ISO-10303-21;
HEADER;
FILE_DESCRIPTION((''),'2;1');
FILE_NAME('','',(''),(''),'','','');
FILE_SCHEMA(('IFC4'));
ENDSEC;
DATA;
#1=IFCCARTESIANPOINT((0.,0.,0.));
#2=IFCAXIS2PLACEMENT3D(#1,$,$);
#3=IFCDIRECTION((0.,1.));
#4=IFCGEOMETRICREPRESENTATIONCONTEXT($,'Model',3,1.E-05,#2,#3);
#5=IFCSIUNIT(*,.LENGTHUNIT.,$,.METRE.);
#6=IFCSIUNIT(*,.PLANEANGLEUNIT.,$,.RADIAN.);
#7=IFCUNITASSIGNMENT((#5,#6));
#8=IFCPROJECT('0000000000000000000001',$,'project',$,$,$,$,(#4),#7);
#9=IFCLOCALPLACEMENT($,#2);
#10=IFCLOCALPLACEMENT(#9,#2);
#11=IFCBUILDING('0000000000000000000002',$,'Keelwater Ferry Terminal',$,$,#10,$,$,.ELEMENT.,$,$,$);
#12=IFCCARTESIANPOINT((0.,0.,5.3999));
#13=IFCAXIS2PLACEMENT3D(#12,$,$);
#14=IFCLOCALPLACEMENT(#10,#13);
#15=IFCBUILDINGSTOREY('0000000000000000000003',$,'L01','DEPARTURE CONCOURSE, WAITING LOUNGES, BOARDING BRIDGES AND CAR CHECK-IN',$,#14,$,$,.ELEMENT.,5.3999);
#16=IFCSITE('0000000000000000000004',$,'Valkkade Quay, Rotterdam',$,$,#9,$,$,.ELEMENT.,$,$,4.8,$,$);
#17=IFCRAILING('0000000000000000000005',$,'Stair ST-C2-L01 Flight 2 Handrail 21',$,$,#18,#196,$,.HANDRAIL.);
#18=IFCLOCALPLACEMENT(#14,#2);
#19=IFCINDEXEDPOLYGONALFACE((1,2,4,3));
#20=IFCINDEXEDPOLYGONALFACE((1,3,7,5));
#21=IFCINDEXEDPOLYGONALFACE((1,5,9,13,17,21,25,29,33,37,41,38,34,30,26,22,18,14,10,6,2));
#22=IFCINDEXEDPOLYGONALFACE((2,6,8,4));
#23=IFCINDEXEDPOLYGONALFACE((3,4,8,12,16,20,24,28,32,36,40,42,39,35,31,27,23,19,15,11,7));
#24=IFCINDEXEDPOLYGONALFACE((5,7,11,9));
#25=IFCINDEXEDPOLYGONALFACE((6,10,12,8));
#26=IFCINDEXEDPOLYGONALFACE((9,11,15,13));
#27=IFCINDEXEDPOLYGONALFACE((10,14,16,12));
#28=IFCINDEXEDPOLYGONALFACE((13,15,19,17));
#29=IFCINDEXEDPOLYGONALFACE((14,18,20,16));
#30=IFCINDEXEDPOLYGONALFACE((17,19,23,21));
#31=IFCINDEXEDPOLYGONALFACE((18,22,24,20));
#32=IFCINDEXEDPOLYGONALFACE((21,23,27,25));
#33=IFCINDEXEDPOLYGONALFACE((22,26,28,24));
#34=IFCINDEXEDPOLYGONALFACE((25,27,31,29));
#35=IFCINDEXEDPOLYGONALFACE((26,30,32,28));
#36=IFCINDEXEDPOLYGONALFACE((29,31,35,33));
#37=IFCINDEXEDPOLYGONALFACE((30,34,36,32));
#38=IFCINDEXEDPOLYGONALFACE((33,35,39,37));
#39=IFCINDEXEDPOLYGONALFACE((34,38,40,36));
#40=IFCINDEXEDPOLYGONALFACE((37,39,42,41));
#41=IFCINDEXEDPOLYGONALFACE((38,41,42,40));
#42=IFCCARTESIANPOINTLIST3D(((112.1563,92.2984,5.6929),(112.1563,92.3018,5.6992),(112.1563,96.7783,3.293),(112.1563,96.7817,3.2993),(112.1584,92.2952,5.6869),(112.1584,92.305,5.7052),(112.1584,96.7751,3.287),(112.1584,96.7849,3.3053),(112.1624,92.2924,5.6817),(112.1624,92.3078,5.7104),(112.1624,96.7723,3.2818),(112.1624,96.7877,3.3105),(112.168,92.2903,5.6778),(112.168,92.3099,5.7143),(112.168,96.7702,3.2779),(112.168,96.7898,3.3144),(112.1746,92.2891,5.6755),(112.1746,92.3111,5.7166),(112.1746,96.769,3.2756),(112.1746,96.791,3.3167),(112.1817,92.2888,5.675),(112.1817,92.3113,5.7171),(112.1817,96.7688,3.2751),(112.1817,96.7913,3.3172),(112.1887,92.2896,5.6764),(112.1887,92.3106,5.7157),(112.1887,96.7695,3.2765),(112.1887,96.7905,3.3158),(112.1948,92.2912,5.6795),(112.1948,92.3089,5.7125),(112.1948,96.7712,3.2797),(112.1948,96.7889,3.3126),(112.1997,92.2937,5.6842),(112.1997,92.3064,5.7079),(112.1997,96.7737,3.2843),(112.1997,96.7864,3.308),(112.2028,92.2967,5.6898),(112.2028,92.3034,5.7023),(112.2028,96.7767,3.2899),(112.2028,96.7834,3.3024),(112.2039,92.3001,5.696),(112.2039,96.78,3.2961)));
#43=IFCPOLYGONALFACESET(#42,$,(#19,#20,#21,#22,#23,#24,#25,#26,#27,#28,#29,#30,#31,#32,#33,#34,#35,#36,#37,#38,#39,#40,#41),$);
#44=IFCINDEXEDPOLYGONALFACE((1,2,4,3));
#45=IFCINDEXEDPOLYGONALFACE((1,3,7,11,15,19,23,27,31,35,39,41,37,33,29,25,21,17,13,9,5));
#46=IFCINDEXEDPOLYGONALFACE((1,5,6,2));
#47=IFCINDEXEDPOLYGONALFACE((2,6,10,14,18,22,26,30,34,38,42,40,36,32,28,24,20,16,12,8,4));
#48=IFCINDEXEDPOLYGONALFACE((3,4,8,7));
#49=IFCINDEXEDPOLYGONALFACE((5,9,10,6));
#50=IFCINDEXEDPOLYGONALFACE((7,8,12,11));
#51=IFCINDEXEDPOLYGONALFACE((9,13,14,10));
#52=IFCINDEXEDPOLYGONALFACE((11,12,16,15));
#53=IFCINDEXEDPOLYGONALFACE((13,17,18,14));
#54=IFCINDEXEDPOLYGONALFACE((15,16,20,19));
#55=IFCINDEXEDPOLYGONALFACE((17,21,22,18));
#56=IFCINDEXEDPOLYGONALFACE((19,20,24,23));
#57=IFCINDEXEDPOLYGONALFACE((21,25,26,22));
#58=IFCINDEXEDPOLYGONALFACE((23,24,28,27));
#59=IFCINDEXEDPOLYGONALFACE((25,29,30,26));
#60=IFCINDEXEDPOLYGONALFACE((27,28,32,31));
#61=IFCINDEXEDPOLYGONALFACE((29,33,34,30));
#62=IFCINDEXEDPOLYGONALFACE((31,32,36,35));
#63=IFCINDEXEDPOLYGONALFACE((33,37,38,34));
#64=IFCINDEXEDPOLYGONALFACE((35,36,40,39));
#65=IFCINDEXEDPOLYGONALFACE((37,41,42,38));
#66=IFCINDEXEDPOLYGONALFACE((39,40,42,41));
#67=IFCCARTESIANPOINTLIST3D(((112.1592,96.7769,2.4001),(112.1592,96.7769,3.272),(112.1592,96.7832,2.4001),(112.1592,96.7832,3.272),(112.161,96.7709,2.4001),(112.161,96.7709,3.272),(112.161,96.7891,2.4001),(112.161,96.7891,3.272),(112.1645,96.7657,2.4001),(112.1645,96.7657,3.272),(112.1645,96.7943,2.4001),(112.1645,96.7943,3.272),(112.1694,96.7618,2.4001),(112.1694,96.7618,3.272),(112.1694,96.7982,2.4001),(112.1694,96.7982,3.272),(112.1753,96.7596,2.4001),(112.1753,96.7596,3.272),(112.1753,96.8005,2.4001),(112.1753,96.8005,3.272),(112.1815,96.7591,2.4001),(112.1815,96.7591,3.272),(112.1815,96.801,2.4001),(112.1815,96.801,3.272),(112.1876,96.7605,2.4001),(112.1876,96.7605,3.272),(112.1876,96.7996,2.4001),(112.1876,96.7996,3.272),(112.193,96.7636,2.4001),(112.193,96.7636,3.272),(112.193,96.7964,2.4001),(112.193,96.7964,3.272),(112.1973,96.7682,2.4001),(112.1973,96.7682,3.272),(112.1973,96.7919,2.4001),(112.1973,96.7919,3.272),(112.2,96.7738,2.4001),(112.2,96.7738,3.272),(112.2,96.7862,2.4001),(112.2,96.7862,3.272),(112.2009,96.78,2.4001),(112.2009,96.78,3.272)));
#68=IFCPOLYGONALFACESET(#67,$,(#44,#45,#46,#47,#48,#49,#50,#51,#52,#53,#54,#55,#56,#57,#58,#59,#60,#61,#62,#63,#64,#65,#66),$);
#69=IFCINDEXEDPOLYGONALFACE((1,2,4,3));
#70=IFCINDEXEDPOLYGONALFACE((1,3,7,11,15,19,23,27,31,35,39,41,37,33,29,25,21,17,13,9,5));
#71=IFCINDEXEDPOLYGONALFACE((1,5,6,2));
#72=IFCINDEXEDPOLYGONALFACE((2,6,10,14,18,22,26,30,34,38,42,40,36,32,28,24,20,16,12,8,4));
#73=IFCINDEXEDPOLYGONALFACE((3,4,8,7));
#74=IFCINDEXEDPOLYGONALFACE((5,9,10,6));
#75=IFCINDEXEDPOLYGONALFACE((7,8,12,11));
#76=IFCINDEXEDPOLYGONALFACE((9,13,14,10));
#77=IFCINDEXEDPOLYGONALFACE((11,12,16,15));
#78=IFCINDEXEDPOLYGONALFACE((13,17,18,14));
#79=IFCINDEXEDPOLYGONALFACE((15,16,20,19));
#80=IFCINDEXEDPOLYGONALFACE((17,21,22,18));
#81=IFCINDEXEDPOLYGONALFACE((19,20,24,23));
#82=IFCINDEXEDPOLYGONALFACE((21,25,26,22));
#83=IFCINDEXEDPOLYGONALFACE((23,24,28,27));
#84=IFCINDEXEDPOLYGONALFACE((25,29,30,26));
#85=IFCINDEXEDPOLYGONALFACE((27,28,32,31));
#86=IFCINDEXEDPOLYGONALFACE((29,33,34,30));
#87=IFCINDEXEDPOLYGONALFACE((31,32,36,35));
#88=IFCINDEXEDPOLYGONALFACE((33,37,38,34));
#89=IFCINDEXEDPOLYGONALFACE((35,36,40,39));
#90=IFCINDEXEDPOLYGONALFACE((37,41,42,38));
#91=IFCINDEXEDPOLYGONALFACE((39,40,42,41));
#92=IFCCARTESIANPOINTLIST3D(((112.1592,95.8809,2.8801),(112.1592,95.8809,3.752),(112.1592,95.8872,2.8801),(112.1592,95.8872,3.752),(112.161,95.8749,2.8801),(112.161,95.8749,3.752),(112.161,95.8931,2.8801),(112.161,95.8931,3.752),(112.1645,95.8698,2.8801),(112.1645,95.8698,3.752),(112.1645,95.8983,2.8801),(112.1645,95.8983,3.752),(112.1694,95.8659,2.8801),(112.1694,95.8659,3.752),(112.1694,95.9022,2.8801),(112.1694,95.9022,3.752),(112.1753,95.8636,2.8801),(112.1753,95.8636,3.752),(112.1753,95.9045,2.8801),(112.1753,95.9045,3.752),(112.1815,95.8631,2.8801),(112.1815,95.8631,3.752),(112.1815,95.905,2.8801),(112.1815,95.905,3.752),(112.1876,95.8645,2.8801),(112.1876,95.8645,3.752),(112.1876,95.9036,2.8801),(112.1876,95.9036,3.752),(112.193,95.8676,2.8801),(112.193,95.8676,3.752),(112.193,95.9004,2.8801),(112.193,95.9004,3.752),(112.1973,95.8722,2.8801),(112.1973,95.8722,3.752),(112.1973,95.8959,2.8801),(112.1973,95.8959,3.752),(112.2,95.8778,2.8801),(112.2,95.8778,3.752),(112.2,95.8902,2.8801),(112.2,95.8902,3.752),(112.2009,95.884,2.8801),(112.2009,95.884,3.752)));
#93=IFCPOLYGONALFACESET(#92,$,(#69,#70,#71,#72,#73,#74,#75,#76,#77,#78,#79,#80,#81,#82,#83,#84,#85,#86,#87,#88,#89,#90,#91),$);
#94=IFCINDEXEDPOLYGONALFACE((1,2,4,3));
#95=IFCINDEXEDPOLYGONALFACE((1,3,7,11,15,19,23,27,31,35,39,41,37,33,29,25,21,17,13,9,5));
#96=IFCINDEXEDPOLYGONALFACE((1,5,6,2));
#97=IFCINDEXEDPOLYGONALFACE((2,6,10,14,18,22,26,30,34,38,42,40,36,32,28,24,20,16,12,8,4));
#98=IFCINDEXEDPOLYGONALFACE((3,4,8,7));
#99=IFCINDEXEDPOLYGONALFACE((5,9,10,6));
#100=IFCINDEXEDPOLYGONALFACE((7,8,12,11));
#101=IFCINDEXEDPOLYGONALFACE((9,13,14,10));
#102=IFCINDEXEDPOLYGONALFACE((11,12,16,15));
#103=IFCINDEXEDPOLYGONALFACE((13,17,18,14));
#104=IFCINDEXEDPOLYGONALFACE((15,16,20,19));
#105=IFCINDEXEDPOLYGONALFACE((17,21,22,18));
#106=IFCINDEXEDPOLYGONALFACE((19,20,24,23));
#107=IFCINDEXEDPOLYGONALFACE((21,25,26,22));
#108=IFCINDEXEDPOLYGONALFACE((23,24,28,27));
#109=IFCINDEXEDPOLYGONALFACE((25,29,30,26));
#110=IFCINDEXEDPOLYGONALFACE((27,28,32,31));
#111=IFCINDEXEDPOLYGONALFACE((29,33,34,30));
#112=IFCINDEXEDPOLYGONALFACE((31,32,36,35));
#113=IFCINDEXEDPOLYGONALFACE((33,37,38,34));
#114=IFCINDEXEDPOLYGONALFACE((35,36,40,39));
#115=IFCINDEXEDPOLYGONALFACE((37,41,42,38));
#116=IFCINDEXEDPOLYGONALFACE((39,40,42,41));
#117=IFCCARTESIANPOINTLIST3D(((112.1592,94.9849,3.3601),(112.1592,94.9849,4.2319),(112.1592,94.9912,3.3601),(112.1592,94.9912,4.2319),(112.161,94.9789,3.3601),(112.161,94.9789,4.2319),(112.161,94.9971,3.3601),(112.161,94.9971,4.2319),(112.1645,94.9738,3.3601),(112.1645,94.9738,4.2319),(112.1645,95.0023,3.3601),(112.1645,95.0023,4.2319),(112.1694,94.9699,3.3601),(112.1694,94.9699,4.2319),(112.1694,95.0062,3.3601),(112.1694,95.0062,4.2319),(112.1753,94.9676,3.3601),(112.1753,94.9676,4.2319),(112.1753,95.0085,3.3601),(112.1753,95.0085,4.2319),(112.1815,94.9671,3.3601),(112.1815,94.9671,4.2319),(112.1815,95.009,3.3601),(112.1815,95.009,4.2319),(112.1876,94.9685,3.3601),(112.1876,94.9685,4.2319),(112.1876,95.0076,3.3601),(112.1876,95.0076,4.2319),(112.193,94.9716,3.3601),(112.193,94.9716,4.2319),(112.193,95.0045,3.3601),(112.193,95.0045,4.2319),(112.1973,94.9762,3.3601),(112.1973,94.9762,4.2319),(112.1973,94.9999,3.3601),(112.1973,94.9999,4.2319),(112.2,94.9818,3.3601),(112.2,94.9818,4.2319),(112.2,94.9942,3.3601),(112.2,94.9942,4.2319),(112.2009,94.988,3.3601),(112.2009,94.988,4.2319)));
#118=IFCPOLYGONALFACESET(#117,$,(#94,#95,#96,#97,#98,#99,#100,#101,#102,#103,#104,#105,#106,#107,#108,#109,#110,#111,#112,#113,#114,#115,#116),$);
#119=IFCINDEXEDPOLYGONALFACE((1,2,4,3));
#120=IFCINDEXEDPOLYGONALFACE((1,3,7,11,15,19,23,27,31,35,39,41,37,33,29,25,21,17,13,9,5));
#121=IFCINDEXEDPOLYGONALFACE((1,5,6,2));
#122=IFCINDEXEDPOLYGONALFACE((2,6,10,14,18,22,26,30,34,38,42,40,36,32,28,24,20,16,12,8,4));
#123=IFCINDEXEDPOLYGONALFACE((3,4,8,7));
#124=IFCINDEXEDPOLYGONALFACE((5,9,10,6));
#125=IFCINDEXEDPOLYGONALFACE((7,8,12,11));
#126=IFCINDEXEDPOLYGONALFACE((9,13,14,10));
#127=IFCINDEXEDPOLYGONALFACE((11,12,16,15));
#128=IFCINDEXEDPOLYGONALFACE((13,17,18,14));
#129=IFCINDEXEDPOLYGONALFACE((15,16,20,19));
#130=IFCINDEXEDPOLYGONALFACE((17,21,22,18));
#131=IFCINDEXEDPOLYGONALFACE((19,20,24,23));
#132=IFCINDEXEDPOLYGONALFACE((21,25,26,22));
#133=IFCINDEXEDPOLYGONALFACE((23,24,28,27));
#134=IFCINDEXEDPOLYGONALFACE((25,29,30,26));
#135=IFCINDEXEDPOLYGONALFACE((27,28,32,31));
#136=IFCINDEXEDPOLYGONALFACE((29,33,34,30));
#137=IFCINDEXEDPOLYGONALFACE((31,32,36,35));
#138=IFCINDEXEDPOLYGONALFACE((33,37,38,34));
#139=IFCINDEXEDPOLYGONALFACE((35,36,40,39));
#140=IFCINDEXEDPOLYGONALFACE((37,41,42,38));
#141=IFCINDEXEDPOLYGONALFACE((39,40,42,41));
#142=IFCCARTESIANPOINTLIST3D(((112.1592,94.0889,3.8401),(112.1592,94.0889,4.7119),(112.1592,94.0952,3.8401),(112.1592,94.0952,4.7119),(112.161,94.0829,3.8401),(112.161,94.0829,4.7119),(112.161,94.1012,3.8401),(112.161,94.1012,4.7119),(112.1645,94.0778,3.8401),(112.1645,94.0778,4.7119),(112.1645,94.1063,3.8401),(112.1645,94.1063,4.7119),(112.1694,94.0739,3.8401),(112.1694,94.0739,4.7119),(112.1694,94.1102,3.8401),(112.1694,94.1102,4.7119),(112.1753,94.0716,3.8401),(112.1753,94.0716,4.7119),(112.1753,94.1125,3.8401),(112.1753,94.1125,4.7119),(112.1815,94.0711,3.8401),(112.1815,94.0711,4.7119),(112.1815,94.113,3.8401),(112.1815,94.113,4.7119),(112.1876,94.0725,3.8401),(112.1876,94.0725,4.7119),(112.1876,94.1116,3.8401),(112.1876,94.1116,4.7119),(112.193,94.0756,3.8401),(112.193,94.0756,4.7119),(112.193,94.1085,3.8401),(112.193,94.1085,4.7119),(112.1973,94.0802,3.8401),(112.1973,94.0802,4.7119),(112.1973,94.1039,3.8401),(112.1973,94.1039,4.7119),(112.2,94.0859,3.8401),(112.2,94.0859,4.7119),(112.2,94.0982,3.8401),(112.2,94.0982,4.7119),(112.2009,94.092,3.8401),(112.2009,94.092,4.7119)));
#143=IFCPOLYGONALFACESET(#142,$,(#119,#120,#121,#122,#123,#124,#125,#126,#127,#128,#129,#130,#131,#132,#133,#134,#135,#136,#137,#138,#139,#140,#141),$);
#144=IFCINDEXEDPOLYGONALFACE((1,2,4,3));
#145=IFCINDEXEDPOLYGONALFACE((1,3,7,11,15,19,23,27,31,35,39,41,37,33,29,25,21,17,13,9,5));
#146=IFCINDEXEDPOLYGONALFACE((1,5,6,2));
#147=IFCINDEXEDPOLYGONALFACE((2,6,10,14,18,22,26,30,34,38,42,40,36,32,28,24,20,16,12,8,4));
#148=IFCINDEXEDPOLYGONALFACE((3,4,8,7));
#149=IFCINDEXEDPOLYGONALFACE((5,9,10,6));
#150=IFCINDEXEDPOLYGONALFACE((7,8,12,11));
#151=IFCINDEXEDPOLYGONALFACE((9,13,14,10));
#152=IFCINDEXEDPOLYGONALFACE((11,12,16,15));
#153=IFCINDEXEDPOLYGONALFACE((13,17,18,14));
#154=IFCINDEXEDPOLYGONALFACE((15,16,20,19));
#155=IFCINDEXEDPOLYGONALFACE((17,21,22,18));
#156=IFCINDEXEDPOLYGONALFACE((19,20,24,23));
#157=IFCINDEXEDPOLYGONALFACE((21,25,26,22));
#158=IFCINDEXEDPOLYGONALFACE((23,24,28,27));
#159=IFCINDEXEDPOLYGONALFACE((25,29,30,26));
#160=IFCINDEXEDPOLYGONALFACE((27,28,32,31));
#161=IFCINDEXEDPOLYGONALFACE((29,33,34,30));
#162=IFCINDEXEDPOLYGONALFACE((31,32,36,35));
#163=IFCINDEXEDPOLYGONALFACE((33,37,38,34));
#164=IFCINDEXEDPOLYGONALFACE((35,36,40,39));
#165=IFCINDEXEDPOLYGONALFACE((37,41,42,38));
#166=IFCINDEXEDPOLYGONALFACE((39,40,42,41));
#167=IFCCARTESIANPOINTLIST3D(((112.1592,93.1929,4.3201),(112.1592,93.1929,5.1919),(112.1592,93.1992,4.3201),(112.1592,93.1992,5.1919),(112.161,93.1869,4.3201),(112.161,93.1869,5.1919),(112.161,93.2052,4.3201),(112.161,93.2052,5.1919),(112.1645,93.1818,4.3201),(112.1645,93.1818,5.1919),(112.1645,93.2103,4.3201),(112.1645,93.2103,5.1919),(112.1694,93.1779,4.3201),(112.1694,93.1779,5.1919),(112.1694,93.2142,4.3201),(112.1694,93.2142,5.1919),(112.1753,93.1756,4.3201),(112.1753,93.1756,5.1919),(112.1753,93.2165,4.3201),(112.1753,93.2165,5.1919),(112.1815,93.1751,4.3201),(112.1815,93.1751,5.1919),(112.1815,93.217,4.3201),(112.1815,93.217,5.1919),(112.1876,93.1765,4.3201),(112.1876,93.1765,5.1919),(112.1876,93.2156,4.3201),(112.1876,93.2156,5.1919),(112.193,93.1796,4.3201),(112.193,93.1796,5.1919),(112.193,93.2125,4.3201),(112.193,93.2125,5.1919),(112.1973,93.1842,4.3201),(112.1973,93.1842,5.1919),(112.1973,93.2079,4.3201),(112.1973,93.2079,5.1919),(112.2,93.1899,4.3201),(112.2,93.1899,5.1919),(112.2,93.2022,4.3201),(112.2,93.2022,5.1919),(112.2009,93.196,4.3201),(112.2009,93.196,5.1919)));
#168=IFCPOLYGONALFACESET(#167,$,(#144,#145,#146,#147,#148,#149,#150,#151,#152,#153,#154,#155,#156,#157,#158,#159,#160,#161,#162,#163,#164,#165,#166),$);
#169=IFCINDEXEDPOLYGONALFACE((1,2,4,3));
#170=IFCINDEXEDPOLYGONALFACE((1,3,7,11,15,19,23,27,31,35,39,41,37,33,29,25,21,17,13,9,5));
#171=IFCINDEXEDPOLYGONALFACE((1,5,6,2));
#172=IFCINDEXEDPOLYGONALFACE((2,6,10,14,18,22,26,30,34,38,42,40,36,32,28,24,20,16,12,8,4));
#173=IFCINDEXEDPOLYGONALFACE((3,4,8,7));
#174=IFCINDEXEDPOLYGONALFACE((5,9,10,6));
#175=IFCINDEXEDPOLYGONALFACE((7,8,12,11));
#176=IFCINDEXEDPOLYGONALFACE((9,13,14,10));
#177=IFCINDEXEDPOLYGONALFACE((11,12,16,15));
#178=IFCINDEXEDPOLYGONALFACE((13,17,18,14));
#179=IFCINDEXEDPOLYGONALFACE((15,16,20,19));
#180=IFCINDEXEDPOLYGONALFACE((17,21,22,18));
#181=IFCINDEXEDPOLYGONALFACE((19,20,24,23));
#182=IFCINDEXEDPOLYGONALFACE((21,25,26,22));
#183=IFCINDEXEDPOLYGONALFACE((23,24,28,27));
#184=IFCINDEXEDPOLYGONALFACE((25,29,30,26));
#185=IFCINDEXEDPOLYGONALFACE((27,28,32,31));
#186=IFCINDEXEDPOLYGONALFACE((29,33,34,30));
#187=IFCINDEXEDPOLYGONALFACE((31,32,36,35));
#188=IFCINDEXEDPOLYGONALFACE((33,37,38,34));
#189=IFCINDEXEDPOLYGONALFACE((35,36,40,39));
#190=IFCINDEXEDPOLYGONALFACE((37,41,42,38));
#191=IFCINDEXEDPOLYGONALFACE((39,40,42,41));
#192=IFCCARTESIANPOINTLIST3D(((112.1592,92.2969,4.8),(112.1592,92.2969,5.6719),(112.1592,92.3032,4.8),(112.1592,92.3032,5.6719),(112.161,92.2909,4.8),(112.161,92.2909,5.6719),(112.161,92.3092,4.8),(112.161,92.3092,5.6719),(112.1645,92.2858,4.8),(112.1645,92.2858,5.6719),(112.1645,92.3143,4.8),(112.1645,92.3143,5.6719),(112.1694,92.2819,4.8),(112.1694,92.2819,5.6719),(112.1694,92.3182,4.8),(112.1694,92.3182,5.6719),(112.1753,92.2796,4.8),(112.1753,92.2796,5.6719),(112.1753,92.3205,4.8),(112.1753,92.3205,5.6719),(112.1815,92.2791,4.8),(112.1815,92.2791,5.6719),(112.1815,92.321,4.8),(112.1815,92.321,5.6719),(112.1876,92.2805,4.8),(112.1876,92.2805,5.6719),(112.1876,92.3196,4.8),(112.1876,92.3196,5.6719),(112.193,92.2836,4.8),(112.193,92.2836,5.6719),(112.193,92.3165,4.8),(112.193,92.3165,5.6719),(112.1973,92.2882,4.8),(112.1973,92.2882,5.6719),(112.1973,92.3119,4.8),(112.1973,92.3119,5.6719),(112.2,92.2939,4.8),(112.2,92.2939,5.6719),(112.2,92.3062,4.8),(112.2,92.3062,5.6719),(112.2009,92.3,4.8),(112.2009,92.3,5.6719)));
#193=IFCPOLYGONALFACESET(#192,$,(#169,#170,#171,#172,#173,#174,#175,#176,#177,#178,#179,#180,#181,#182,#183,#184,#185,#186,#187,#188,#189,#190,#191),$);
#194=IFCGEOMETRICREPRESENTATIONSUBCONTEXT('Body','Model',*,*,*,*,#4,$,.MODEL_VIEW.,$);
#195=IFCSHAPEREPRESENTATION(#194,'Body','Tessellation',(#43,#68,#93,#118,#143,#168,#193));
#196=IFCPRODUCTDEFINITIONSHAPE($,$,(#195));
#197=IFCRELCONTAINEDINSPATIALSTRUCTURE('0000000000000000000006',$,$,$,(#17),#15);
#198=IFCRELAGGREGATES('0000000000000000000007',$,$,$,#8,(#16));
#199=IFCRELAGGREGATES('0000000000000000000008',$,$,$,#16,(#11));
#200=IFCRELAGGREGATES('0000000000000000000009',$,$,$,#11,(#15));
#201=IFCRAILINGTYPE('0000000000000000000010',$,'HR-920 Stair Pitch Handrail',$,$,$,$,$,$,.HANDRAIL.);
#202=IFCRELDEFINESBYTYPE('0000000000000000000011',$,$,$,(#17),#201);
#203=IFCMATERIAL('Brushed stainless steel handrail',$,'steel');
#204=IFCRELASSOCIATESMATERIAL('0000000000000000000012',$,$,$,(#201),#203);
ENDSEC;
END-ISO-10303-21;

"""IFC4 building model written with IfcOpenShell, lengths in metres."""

from ifc_helpers import new_model, si_unit, direction, frame, origin, origin_2d, place, context, subcontext, project, spatial, circle, extrude, material, type_object, element, save


model = new_model("IFC4")

# Units and contexts
model_context = context("Model", 3, precision=1e-05, world=origin(), true_north=direction((0.0, 1.0)))
body_context = subcontext(model_context, "Body", "Model", "MODEL_VIEW")
ifc_project = project(units=[si_unit("LENGTHUNIT", "METRE"), si_unit("PLANEANGLEUNIT", "RADIAN")], contexts=[model_context])

# Site, building, storey
site_placement = place(None, origin())
site = spatial("IfcSite", under=ifc_project, at=site_placement, Name="Valkkade Quay, Rotterdam", CompositionType="ELEMENT", RefElevation=4.8)
building_placement = place(site_placement, origin())
building = spatial("IfcBuilding", under=site, at=building_placement, Name="Keelwater Ferry Terminal", CompositionType="ELEMENT")
storey_placement = place(building_placement, frame((0.0, 0.0, 5.3999)))
storey = spatial("IfcBuildingStorey", under=building, at=storey_placement, Name="L01", Description="DEPARTURE CONCOURSE, WAITING LOUNGES, BOARDING BRIDGES AND CAR CHECK-IN", CompositionType="ELEMENT", Elevation=5.3999)

# Railing
ifc_material_1 = material(Name="Brushed stainless steel handrail", Category="steel")
railing_type_1 = type_object("IfcRailingType", Name="HR-920 Stair Pitch Handrail", PredefinedType="HANDRAIL", material=ifc_material_1)
railing_1_placement = place(storey_placement, frame((112.1799, 96.78, 2.4001)))
element("IfcRailing", 1, at=railing_1_placement, inside=storey, type_object=railing_type_1, Name="Stair ST-C2-L01 Flight 2 Handrail 21", PredefinedType="HANDRAIL", context=body_context, shape_type="SweptSolid", body=[
    extrude(circle(Radius=0.0239, at=origin_2d()), frame((0.0, 0.0, 0.896), z_axis=(0.0, -0.881487, 0.472208), x_axis=(1.0, 0.0, 0.0)), (0.0, 0.0, 1.0), 5.0823),
    extrude(circle(Radius=0.021, at=origin_2d()), origin(), (0.0, 0.0, 1.0), 0.8718),
    extrude(circle(Radius=0.021, at=origin_2d()), frame((0.0, -0.896, 0.48)), (0.0, 0.0, 1.0), 0.8718),
    extrude(circle(Radius=0.021, at=origin_2d()), frame((0.0, -1.792, 0.96)), (0.0, 0.0, 1.0), 0.8718),
    extrude(circle(Radius=0.021, at=origin_2d()), frame((0.0, -2.688, 1.4399)), (0.0, 0.0, 1.0), 0.8718),
    extrude(circle(Radius=0.021, at=origin_2d()), frame((0.0, -3.584, 1.9199)), (0.0, 0.0, 1.0), 0.8718),
    extrude(circle(Radius=0.021, at=origin_2d()), frame((0.0, -4.48, 2.3999)), (0.0, 0.0, 1.0), 0.8718),
])

save(model, "model.ifc")
